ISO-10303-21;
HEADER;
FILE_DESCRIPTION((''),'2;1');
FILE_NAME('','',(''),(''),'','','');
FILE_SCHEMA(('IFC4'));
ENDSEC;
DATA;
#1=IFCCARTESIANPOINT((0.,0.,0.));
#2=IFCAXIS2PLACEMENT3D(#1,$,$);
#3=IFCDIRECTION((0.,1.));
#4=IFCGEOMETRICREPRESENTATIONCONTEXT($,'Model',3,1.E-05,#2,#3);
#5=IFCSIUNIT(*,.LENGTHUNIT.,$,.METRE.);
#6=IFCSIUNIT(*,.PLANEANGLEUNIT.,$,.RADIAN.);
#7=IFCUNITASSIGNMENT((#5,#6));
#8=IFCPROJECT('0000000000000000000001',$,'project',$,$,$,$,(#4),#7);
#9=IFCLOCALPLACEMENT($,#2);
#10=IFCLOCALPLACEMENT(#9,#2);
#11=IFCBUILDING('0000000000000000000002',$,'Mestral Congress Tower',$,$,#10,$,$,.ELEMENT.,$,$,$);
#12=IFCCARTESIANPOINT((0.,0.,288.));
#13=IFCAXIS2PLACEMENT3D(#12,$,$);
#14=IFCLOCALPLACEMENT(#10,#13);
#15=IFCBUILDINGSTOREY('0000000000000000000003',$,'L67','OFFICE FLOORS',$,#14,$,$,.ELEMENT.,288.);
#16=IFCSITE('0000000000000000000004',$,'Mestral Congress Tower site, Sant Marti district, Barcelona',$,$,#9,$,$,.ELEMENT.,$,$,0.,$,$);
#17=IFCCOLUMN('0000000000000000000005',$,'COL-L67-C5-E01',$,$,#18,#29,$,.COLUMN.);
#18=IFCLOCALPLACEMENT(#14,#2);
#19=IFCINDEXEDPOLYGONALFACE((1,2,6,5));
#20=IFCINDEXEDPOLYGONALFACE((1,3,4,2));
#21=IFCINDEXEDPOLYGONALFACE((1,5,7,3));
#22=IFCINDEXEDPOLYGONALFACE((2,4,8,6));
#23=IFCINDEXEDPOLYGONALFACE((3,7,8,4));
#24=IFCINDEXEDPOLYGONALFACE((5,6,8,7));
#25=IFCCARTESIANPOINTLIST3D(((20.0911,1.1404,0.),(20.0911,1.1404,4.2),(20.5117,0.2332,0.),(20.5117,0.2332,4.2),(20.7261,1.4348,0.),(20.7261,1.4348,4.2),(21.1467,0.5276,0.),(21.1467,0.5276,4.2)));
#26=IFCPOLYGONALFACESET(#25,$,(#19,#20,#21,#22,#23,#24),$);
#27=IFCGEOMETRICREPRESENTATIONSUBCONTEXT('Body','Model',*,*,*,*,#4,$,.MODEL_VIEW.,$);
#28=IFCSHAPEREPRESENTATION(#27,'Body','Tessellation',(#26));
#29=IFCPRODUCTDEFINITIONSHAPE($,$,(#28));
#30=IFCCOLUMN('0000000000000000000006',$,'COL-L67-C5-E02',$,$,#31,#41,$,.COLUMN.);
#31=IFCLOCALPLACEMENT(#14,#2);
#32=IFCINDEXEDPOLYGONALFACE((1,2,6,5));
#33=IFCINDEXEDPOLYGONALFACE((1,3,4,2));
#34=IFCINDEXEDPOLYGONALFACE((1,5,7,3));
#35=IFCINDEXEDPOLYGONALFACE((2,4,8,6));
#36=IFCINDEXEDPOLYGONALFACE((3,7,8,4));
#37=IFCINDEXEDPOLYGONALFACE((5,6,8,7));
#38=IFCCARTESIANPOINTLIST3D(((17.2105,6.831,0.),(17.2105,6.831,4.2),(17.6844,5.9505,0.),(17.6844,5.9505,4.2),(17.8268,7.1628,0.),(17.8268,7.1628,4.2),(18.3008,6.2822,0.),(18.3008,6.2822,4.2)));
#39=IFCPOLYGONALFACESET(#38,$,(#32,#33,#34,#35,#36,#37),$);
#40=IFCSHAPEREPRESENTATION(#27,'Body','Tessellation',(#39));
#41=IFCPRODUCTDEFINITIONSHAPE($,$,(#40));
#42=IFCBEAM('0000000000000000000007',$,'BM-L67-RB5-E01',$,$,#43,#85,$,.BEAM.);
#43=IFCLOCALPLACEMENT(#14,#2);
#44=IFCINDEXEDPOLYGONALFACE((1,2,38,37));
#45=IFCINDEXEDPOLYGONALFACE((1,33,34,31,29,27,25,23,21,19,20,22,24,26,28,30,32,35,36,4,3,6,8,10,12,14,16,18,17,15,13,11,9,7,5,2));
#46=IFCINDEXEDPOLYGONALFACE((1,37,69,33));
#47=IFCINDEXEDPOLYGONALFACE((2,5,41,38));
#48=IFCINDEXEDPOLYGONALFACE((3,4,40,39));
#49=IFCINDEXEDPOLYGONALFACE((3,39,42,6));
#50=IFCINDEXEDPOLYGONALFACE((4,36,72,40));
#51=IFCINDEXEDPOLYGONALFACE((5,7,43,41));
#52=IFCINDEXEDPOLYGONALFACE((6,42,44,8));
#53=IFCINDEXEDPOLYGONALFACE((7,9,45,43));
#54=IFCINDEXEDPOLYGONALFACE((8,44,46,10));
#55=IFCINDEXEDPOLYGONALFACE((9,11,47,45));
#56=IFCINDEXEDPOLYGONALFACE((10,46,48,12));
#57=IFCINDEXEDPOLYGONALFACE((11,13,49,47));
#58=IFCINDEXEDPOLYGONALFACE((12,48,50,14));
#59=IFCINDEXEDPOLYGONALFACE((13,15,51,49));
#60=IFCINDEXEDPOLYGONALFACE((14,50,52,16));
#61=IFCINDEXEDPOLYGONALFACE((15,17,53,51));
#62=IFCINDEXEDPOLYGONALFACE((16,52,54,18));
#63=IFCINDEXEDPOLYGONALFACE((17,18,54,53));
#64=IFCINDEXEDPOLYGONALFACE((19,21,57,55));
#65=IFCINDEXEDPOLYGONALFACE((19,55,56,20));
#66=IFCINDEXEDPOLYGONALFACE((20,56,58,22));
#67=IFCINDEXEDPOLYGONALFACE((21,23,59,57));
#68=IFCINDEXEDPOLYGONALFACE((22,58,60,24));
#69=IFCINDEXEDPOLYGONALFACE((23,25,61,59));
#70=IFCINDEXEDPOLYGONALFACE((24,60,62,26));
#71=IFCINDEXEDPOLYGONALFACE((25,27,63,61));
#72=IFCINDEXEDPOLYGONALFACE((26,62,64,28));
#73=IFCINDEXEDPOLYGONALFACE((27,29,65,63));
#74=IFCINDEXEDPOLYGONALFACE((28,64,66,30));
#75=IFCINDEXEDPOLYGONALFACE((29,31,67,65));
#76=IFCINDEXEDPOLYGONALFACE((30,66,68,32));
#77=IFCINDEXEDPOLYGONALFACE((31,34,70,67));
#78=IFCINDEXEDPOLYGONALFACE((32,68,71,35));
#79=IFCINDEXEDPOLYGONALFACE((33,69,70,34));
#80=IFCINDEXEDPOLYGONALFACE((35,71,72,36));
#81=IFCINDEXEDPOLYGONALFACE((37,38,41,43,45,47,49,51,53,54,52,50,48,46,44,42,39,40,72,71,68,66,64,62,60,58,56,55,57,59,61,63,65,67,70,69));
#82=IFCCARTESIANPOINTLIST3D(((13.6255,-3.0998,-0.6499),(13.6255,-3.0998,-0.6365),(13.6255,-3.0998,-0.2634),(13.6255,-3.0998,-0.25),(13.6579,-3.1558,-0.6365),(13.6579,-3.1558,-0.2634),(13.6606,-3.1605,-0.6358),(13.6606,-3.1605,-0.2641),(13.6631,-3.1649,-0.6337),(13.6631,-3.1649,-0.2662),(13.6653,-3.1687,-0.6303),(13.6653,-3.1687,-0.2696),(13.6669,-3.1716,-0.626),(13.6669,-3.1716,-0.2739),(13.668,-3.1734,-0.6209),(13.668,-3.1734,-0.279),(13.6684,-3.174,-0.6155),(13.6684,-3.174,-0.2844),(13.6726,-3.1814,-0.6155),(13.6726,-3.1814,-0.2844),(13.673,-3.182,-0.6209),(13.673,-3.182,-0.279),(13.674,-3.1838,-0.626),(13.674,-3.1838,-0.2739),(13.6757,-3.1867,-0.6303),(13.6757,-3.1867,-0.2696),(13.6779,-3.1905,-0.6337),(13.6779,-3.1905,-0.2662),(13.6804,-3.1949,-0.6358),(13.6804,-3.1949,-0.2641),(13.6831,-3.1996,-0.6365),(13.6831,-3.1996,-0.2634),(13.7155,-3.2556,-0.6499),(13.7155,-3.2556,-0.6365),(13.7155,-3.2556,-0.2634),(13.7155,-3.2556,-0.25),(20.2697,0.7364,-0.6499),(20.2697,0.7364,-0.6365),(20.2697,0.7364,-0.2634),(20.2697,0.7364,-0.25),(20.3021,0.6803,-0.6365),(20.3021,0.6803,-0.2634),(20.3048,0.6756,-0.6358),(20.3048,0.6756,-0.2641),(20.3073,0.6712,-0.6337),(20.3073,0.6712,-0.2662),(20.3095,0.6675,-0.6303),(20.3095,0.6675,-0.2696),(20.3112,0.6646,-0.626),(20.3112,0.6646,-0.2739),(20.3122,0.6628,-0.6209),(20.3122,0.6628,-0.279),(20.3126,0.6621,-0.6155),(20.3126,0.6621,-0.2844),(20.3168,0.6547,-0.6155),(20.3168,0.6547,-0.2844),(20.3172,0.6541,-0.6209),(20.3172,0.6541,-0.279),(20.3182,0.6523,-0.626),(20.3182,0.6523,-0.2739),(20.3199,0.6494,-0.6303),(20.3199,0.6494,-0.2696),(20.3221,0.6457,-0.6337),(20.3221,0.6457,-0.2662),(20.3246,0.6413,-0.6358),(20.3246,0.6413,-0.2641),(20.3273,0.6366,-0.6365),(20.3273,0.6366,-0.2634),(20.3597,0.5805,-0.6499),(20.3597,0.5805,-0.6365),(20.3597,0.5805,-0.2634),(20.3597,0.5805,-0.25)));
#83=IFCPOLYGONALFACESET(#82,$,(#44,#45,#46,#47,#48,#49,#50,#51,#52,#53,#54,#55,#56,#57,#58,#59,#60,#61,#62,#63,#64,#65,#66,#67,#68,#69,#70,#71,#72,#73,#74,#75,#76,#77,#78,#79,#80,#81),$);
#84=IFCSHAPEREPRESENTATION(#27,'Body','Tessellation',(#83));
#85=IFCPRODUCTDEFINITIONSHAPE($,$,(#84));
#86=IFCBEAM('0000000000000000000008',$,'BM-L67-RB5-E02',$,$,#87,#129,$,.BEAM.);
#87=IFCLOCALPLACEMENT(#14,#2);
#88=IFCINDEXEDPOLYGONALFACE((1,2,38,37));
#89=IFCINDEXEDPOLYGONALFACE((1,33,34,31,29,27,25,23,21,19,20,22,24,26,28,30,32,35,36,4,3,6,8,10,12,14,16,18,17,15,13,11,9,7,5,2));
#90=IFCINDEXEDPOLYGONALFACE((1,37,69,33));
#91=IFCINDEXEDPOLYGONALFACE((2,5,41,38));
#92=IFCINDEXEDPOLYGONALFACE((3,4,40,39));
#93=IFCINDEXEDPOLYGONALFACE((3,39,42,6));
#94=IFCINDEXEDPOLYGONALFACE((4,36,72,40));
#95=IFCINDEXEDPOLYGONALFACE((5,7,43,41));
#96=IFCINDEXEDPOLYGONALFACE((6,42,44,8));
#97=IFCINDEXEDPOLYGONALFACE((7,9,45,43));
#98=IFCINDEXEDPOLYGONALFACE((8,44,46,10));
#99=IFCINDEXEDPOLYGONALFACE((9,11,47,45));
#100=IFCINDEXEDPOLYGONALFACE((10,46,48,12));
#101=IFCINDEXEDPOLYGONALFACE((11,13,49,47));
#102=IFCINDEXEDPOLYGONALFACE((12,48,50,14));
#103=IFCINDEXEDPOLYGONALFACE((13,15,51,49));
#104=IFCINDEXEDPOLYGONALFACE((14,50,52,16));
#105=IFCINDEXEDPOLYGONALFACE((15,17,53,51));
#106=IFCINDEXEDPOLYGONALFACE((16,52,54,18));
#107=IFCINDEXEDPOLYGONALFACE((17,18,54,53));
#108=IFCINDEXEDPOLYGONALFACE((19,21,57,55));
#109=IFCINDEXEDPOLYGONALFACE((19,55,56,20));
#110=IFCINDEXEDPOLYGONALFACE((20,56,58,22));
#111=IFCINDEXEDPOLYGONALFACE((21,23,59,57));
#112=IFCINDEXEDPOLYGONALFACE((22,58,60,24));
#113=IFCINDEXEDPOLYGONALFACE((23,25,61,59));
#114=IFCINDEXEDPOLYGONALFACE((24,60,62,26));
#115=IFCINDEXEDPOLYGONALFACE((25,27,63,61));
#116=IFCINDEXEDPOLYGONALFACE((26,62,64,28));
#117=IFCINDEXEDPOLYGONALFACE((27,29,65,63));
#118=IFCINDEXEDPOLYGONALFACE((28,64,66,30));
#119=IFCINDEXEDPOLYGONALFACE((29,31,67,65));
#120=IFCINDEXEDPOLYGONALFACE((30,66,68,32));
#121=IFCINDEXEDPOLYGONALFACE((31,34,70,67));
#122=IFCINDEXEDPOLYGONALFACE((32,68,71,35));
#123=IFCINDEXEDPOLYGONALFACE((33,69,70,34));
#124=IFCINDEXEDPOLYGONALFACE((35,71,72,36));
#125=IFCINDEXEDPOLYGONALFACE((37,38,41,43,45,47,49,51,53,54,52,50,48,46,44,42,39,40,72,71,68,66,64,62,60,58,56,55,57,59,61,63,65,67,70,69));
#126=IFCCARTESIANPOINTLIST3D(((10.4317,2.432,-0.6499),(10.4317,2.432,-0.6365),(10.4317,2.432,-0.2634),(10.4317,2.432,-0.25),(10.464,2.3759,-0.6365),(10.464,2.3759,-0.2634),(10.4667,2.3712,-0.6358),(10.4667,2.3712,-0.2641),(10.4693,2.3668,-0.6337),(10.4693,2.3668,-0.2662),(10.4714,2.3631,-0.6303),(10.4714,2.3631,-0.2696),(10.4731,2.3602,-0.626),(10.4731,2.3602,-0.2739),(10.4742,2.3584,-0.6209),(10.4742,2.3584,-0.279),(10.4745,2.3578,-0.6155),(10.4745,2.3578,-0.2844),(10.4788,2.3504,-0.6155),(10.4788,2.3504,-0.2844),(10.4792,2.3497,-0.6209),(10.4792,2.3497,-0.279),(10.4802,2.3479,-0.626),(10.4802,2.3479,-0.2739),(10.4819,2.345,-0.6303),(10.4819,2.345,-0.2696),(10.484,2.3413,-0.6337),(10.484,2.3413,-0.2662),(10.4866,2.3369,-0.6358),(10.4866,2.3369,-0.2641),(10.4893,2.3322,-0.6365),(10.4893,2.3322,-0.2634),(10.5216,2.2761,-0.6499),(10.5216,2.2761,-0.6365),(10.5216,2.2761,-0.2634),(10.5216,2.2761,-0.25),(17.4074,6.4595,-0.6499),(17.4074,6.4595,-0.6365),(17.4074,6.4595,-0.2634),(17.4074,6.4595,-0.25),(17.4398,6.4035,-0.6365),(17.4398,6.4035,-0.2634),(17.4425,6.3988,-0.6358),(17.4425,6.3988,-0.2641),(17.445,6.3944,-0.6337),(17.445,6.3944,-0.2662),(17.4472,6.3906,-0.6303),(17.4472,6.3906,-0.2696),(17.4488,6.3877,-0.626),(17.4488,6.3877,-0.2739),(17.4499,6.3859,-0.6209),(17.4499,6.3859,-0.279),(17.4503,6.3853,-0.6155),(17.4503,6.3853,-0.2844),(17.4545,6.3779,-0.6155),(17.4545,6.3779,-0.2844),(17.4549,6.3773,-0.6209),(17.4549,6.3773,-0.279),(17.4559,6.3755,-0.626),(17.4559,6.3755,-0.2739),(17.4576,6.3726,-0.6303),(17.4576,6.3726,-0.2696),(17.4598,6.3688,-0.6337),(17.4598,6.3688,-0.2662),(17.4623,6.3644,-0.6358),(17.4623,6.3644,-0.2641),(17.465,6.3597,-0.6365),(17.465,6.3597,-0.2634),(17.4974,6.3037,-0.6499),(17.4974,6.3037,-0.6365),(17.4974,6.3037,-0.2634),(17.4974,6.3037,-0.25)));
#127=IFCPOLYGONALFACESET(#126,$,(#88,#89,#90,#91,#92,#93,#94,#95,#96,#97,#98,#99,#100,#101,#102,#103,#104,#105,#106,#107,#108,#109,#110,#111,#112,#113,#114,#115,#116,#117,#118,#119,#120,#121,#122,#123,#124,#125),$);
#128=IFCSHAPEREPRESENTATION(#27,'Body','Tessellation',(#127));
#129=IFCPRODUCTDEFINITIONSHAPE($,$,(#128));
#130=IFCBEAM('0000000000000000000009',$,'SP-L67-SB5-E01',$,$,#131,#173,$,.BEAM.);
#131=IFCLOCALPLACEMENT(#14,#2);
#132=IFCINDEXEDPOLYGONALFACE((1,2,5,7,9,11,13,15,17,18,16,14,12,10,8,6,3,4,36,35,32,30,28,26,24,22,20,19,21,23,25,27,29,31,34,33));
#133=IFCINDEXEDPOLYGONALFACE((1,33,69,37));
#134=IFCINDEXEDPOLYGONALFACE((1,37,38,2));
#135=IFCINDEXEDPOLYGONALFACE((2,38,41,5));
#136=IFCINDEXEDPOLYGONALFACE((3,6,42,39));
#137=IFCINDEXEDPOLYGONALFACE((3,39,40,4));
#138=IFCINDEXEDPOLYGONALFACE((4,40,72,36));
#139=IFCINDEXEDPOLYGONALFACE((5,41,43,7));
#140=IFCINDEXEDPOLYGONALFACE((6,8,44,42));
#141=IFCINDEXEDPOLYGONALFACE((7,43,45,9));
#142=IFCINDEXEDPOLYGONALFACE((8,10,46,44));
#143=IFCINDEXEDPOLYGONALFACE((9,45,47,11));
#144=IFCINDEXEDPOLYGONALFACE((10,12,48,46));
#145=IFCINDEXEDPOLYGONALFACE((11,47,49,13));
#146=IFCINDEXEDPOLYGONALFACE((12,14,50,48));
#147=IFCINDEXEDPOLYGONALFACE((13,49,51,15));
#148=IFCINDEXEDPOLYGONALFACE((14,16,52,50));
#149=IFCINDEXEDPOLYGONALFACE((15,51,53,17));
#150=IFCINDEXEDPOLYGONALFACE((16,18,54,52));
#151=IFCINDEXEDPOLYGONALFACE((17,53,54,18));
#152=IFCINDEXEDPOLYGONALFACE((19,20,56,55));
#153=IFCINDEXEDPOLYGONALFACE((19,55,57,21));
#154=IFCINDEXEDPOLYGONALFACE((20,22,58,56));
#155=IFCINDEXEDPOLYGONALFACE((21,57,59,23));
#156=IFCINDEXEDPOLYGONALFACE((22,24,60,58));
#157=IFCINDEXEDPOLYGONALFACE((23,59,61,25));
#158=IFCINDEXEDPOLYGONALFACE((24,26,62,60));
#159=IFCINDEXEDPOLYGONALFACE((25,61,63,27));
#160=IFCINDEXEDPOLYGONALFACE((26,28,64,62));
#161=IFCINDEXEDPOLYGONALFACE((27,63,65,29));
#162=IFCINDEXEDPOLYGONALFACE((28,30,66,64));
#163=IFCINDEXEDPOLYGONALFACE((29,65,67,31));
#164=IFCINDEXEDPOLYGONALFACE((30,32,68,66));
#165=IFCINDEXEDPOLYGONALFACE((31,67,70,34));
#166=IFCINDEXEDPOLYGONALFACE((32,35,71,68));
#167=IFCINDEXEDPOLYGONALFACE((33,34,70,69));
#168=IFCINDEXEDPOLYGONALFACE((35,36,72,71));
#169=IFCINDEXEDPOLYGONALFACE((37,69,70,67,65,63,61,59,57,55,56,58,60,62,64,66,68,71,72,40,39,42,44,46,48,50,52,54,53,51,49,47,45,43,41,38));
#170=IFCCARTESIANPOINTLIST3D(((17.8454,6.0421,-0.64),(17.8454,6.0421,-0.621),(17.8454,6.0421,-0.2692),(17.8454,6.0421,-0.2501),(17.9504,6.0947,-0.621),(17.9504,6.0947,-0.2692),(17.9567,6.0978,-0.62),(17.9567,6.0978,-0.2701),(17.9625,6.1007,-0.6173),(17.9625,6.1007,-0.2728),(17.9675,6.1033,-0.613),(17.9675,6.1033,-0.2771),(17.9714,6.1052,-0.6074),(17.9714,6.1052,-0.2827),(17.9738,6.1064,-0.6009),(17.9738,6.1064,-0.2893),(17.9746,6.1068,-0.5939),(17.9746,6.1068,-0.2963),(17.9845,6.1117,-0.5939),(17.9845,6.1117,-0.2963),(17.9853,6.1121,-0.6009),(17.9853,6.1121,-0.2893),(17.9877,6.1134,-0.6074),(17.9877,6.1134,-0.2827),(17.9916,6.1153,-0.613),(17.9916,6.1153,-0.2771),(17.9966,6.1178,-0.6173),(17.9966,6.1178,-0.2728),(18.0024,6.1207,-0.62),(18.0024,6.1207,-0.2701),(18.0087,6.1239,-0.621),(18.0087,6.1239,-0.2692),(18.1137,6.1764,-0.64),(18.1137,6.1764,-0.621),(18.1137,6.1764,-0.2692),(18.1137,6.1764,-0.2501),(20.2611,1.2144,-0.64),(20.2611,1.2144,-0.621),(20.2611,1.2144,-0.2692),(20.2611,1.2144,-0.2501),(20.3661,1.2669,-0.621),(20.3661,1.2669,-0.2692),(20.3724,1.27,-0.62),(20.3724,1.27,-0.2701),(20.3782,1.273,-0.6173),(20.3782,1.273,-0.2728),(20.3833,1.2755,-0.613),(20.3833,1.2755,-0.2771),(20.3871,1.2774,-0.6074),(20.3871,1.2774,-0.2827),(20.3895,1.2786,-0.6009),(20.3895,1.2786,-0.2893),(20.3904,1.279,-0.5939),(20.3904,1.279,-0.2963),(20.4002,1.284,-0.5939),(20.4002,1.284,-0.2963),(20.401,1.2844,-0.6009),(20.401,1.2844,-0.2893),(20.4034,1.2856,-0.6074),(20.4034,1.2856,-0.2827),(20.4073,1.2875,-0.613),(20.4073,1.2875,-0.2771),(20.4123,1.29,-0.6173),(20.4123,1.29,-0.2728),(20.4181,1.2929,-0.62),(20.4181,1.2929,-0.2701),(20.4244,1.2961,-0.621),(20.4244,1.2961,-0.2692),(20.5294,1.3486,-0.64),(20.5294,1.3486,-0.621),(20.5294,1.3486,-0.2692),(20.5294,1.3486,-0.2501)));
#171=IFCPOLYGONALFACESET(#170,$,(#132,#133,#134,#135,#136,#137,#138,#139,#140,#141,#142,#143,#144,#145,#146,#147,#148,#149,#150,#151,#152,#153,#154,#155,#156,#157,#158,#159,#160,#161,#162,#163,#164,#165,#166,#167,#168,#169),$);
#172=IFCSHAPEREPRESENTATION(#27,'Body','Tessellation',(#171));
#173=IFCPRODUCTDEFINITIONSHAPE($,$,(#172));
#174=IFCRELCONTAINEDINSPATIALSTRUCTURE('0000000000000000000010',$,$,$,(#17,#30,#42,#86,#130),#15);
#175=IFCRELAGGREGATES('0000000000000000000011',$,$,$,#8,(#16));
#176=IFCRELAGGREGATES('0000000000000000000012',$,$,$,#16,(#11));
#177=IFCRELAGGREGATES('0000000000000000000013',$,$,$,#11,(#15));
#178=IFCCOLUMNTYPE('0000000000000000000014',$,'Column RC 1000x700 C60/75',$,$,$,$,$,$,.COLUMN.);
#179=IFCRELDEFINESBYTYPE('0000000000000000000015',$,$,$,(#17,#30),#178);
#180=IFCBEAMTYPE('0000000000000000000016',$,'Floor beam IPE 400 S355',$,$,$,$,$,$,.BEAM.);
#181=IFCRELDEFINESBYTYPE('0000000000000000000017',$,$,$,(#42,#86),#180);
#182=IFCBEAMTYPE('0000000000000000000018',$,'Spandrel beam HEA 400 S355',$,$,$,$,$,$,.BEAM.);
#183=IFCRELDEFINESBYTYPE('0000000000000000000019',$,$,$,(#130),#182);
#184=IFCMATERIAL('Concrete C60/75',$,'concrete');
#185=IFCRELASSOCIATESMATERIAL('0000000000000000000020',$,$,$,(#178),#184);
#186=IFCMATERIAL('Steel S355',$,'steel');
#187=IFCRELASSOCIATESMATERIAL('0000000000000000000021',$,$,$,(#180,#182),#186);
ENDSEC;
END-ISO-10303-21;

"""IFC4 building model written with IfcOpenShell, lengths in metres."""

from ifc_helpers import new_model, si_unit, direction, frame, origin, origin_2d, place, context, subcontext, project, spatial, rectangle, i_section, extrude, material, material_profile, profile_set, type_object, element, save


model = new_model("IFC4")

# Units and contexts
model_context = context("Model", 3, precision=1e-05, world=origin(), true_north=direction((0.0, 1.0)))
body_context = subcontext(model_context, "Body", "Model", "MODEL_VIEW")
ifc_project = project(units=[si_unit("LENGTHUNIT", "METRE"), si_unit("PLANEANGLEUNIT", "RADIAN")], contexts=[model_context])

# Site, building, storey
site_placement = place(None, origin())
site = spatial("IfcSite", under=ifc_project, at=site_placement, Name="Mestral Congress Tower site, Sant Marti district, Barcelona", CompositionType="ELEMENT", RefElevation=0.0)
building_placement = place(site_placement, origin())
building = spatial("IfcBuilding", under=site, at=building_placement, Name="Mestral Congress Tower", CompositionType="ELEMENT")
storey_placement = place(building_placement, frame((0.0, 0.0, 288.0)))
storey = spatial("IfcBuildingStorey", under=building, at=storey_placement, Name="L67", Description="OFFICE FLOORS", CompositionType="ELEMENT", Elevation=288.0)

# Columns
ifc_material_1 = material(Name="Concrete C60/75", Category="concrete")
ifc_material_profile_1 = material_profile(ifc_material_1, rectangle(XDim=1.0, YDim=0.7, at=origin_2d()), Name="RC 1000x700")
ifc_profile_set_1 = profile_set([ifc_material_profile_1], Name="Concrete C60/75")
column_type = type_object("IfcColumnType", Name="Column RC 1000x700 C60/75", PredefinedType="COLUMN", material=ifc_profile_set_1)
for number, where, z_axis, x_axis, name in (
    (1, (20.6189, 0.834, 0.0), (0.0, 0.0, 1.0), (-0.420596, 0.907248, 0.0), "COL-L67-C5-E01"),
    (2, (17.7556, 6.5566, 0.0), (0.0, 0.0, 1.0), (-0.473945, 0.880554, 0.0), "COL-L67-C5-E02"),
):
    element("IfcColumn", number, at=place(storey_placement, frame(where, z_axis=z_axis, x_axis=x_axis)), inside=storey, type_object=column_type, Name=name, PredefinedType="COLUMN", context=body_context, shape_type="SweptSolid", body=[
        extrude(rectangle(XDim=1.0, YDim=0.7, at=origin_2d()), origin(), (0.0, 0.0, 1.0), 4.2),
    ])

# Beams
ifc_material_2 = material(Name="Steel S355", Category="steel")
ifc_material_profile_2 = material_profile(ifc_material_2, i_section(OverallWidth=0.1799, OverallDepth=0.3999, WebThickness=0.0085, FlangeThickness=0.0134, FilletRadius=0.021, at=origin_2d()), Name="IPE 400")
ifc_profile_set_2 = profile_set([ifc_material_profile_2], Name="Steel S355")
beam_type_1 = type_object("IfcBeamType", Name="Floor beam IPE 400 S355", PredefinedType="BEAM", material=ifc_profile_set_2)
beam_1_placement = place(storey_placement, frame((20.3147, 0.6584, -0.45), z_axis=(-0.86602, -0.50001, 0.0), x_axis=(0.50001, -0.86602, 0.0)))
element("IfcBeam", 3, at=beam_1_placement, inside=storey, type_object=beam_type_1, Name="BM-L67-RB5-E01", PredefinedType="BEAM", context=body_context, shape_type="SweptSolid", body=[
    extrude(i_section(OverallWidth=0.1799, OverallDepth=0.3999, WebThickness=0.0085, FlangeThickness=0.0134, FilletRadius=0.021, at=origin_2d()), origin(), (0.0, 0.0, 1.0), 7.6721),
])
beam_2_placement = place(storey_placement, frame((17.4524, 6.3816, -0.45), z_axis=(-0.866021, -0.500008, 0.0), x_axis=(0.500008, -0.866021, 0.0)))
element("IfcBeam", 4, at=beam_2_placement, inside=storey, type_object=beam_type_1, Name="BM-L67-RB5-E02", PredefinedType="BEAM", context=body_context, shape_type="SweptSolid", body=[
    extrude(i_section(OverallWidth=0.1799, OverallDepth=0.3999, WebThickness=0.0085, FlangeThickness=0.0134, FilletRadius=0.021, at=origin_2d()), origin(), (0.0, 0.0, 1.0), 8.0549),
])
ifc_material_profile_3 = material_profile(ifc_material_2, i_section(OverallWidth=0.3, OverallDepth=0.3899, WebThickness=0.011, FlangeThickness=0.019, FilletRadius=0.0271, at=origin_2d()), Name="HEA 400")
ifc_profile_set_3 = profile_set([ifc_material_profile_3], Name="Steel S355")
beam_type_2 = type_object("IfcBeamType", Name="Spandrel beam HEA 400 S355", PredefinedType="BEAM", material=ifc_profile_set_3)
beam_3_placement = place(storey_placement, frame((20.3953, 1.2815, -0.4451), z_axis=(-0.447485, 0.894291, 0.0), x_axis=(-0.894291, -0.447485, 0.0)))
element("IfcBeam", 5, at=beam_3_placement, inside=storey, type_object=beam_type_2, Name="SP-L67-SB5-E01", PredefinedType="BEAM", context=body_context, shape_type="SweptSolid", body=[
    extrude(i_section(OverallWidth=0.3, OverallDepth=0.3899, WebThickness=0.011, FlangeThickness=0.019, FilletRadius=0.0271, at=origin_2d()), origin(), (0.0, 0.0, 1.0), 5.3984),
])

save(model, "model.ifc")
